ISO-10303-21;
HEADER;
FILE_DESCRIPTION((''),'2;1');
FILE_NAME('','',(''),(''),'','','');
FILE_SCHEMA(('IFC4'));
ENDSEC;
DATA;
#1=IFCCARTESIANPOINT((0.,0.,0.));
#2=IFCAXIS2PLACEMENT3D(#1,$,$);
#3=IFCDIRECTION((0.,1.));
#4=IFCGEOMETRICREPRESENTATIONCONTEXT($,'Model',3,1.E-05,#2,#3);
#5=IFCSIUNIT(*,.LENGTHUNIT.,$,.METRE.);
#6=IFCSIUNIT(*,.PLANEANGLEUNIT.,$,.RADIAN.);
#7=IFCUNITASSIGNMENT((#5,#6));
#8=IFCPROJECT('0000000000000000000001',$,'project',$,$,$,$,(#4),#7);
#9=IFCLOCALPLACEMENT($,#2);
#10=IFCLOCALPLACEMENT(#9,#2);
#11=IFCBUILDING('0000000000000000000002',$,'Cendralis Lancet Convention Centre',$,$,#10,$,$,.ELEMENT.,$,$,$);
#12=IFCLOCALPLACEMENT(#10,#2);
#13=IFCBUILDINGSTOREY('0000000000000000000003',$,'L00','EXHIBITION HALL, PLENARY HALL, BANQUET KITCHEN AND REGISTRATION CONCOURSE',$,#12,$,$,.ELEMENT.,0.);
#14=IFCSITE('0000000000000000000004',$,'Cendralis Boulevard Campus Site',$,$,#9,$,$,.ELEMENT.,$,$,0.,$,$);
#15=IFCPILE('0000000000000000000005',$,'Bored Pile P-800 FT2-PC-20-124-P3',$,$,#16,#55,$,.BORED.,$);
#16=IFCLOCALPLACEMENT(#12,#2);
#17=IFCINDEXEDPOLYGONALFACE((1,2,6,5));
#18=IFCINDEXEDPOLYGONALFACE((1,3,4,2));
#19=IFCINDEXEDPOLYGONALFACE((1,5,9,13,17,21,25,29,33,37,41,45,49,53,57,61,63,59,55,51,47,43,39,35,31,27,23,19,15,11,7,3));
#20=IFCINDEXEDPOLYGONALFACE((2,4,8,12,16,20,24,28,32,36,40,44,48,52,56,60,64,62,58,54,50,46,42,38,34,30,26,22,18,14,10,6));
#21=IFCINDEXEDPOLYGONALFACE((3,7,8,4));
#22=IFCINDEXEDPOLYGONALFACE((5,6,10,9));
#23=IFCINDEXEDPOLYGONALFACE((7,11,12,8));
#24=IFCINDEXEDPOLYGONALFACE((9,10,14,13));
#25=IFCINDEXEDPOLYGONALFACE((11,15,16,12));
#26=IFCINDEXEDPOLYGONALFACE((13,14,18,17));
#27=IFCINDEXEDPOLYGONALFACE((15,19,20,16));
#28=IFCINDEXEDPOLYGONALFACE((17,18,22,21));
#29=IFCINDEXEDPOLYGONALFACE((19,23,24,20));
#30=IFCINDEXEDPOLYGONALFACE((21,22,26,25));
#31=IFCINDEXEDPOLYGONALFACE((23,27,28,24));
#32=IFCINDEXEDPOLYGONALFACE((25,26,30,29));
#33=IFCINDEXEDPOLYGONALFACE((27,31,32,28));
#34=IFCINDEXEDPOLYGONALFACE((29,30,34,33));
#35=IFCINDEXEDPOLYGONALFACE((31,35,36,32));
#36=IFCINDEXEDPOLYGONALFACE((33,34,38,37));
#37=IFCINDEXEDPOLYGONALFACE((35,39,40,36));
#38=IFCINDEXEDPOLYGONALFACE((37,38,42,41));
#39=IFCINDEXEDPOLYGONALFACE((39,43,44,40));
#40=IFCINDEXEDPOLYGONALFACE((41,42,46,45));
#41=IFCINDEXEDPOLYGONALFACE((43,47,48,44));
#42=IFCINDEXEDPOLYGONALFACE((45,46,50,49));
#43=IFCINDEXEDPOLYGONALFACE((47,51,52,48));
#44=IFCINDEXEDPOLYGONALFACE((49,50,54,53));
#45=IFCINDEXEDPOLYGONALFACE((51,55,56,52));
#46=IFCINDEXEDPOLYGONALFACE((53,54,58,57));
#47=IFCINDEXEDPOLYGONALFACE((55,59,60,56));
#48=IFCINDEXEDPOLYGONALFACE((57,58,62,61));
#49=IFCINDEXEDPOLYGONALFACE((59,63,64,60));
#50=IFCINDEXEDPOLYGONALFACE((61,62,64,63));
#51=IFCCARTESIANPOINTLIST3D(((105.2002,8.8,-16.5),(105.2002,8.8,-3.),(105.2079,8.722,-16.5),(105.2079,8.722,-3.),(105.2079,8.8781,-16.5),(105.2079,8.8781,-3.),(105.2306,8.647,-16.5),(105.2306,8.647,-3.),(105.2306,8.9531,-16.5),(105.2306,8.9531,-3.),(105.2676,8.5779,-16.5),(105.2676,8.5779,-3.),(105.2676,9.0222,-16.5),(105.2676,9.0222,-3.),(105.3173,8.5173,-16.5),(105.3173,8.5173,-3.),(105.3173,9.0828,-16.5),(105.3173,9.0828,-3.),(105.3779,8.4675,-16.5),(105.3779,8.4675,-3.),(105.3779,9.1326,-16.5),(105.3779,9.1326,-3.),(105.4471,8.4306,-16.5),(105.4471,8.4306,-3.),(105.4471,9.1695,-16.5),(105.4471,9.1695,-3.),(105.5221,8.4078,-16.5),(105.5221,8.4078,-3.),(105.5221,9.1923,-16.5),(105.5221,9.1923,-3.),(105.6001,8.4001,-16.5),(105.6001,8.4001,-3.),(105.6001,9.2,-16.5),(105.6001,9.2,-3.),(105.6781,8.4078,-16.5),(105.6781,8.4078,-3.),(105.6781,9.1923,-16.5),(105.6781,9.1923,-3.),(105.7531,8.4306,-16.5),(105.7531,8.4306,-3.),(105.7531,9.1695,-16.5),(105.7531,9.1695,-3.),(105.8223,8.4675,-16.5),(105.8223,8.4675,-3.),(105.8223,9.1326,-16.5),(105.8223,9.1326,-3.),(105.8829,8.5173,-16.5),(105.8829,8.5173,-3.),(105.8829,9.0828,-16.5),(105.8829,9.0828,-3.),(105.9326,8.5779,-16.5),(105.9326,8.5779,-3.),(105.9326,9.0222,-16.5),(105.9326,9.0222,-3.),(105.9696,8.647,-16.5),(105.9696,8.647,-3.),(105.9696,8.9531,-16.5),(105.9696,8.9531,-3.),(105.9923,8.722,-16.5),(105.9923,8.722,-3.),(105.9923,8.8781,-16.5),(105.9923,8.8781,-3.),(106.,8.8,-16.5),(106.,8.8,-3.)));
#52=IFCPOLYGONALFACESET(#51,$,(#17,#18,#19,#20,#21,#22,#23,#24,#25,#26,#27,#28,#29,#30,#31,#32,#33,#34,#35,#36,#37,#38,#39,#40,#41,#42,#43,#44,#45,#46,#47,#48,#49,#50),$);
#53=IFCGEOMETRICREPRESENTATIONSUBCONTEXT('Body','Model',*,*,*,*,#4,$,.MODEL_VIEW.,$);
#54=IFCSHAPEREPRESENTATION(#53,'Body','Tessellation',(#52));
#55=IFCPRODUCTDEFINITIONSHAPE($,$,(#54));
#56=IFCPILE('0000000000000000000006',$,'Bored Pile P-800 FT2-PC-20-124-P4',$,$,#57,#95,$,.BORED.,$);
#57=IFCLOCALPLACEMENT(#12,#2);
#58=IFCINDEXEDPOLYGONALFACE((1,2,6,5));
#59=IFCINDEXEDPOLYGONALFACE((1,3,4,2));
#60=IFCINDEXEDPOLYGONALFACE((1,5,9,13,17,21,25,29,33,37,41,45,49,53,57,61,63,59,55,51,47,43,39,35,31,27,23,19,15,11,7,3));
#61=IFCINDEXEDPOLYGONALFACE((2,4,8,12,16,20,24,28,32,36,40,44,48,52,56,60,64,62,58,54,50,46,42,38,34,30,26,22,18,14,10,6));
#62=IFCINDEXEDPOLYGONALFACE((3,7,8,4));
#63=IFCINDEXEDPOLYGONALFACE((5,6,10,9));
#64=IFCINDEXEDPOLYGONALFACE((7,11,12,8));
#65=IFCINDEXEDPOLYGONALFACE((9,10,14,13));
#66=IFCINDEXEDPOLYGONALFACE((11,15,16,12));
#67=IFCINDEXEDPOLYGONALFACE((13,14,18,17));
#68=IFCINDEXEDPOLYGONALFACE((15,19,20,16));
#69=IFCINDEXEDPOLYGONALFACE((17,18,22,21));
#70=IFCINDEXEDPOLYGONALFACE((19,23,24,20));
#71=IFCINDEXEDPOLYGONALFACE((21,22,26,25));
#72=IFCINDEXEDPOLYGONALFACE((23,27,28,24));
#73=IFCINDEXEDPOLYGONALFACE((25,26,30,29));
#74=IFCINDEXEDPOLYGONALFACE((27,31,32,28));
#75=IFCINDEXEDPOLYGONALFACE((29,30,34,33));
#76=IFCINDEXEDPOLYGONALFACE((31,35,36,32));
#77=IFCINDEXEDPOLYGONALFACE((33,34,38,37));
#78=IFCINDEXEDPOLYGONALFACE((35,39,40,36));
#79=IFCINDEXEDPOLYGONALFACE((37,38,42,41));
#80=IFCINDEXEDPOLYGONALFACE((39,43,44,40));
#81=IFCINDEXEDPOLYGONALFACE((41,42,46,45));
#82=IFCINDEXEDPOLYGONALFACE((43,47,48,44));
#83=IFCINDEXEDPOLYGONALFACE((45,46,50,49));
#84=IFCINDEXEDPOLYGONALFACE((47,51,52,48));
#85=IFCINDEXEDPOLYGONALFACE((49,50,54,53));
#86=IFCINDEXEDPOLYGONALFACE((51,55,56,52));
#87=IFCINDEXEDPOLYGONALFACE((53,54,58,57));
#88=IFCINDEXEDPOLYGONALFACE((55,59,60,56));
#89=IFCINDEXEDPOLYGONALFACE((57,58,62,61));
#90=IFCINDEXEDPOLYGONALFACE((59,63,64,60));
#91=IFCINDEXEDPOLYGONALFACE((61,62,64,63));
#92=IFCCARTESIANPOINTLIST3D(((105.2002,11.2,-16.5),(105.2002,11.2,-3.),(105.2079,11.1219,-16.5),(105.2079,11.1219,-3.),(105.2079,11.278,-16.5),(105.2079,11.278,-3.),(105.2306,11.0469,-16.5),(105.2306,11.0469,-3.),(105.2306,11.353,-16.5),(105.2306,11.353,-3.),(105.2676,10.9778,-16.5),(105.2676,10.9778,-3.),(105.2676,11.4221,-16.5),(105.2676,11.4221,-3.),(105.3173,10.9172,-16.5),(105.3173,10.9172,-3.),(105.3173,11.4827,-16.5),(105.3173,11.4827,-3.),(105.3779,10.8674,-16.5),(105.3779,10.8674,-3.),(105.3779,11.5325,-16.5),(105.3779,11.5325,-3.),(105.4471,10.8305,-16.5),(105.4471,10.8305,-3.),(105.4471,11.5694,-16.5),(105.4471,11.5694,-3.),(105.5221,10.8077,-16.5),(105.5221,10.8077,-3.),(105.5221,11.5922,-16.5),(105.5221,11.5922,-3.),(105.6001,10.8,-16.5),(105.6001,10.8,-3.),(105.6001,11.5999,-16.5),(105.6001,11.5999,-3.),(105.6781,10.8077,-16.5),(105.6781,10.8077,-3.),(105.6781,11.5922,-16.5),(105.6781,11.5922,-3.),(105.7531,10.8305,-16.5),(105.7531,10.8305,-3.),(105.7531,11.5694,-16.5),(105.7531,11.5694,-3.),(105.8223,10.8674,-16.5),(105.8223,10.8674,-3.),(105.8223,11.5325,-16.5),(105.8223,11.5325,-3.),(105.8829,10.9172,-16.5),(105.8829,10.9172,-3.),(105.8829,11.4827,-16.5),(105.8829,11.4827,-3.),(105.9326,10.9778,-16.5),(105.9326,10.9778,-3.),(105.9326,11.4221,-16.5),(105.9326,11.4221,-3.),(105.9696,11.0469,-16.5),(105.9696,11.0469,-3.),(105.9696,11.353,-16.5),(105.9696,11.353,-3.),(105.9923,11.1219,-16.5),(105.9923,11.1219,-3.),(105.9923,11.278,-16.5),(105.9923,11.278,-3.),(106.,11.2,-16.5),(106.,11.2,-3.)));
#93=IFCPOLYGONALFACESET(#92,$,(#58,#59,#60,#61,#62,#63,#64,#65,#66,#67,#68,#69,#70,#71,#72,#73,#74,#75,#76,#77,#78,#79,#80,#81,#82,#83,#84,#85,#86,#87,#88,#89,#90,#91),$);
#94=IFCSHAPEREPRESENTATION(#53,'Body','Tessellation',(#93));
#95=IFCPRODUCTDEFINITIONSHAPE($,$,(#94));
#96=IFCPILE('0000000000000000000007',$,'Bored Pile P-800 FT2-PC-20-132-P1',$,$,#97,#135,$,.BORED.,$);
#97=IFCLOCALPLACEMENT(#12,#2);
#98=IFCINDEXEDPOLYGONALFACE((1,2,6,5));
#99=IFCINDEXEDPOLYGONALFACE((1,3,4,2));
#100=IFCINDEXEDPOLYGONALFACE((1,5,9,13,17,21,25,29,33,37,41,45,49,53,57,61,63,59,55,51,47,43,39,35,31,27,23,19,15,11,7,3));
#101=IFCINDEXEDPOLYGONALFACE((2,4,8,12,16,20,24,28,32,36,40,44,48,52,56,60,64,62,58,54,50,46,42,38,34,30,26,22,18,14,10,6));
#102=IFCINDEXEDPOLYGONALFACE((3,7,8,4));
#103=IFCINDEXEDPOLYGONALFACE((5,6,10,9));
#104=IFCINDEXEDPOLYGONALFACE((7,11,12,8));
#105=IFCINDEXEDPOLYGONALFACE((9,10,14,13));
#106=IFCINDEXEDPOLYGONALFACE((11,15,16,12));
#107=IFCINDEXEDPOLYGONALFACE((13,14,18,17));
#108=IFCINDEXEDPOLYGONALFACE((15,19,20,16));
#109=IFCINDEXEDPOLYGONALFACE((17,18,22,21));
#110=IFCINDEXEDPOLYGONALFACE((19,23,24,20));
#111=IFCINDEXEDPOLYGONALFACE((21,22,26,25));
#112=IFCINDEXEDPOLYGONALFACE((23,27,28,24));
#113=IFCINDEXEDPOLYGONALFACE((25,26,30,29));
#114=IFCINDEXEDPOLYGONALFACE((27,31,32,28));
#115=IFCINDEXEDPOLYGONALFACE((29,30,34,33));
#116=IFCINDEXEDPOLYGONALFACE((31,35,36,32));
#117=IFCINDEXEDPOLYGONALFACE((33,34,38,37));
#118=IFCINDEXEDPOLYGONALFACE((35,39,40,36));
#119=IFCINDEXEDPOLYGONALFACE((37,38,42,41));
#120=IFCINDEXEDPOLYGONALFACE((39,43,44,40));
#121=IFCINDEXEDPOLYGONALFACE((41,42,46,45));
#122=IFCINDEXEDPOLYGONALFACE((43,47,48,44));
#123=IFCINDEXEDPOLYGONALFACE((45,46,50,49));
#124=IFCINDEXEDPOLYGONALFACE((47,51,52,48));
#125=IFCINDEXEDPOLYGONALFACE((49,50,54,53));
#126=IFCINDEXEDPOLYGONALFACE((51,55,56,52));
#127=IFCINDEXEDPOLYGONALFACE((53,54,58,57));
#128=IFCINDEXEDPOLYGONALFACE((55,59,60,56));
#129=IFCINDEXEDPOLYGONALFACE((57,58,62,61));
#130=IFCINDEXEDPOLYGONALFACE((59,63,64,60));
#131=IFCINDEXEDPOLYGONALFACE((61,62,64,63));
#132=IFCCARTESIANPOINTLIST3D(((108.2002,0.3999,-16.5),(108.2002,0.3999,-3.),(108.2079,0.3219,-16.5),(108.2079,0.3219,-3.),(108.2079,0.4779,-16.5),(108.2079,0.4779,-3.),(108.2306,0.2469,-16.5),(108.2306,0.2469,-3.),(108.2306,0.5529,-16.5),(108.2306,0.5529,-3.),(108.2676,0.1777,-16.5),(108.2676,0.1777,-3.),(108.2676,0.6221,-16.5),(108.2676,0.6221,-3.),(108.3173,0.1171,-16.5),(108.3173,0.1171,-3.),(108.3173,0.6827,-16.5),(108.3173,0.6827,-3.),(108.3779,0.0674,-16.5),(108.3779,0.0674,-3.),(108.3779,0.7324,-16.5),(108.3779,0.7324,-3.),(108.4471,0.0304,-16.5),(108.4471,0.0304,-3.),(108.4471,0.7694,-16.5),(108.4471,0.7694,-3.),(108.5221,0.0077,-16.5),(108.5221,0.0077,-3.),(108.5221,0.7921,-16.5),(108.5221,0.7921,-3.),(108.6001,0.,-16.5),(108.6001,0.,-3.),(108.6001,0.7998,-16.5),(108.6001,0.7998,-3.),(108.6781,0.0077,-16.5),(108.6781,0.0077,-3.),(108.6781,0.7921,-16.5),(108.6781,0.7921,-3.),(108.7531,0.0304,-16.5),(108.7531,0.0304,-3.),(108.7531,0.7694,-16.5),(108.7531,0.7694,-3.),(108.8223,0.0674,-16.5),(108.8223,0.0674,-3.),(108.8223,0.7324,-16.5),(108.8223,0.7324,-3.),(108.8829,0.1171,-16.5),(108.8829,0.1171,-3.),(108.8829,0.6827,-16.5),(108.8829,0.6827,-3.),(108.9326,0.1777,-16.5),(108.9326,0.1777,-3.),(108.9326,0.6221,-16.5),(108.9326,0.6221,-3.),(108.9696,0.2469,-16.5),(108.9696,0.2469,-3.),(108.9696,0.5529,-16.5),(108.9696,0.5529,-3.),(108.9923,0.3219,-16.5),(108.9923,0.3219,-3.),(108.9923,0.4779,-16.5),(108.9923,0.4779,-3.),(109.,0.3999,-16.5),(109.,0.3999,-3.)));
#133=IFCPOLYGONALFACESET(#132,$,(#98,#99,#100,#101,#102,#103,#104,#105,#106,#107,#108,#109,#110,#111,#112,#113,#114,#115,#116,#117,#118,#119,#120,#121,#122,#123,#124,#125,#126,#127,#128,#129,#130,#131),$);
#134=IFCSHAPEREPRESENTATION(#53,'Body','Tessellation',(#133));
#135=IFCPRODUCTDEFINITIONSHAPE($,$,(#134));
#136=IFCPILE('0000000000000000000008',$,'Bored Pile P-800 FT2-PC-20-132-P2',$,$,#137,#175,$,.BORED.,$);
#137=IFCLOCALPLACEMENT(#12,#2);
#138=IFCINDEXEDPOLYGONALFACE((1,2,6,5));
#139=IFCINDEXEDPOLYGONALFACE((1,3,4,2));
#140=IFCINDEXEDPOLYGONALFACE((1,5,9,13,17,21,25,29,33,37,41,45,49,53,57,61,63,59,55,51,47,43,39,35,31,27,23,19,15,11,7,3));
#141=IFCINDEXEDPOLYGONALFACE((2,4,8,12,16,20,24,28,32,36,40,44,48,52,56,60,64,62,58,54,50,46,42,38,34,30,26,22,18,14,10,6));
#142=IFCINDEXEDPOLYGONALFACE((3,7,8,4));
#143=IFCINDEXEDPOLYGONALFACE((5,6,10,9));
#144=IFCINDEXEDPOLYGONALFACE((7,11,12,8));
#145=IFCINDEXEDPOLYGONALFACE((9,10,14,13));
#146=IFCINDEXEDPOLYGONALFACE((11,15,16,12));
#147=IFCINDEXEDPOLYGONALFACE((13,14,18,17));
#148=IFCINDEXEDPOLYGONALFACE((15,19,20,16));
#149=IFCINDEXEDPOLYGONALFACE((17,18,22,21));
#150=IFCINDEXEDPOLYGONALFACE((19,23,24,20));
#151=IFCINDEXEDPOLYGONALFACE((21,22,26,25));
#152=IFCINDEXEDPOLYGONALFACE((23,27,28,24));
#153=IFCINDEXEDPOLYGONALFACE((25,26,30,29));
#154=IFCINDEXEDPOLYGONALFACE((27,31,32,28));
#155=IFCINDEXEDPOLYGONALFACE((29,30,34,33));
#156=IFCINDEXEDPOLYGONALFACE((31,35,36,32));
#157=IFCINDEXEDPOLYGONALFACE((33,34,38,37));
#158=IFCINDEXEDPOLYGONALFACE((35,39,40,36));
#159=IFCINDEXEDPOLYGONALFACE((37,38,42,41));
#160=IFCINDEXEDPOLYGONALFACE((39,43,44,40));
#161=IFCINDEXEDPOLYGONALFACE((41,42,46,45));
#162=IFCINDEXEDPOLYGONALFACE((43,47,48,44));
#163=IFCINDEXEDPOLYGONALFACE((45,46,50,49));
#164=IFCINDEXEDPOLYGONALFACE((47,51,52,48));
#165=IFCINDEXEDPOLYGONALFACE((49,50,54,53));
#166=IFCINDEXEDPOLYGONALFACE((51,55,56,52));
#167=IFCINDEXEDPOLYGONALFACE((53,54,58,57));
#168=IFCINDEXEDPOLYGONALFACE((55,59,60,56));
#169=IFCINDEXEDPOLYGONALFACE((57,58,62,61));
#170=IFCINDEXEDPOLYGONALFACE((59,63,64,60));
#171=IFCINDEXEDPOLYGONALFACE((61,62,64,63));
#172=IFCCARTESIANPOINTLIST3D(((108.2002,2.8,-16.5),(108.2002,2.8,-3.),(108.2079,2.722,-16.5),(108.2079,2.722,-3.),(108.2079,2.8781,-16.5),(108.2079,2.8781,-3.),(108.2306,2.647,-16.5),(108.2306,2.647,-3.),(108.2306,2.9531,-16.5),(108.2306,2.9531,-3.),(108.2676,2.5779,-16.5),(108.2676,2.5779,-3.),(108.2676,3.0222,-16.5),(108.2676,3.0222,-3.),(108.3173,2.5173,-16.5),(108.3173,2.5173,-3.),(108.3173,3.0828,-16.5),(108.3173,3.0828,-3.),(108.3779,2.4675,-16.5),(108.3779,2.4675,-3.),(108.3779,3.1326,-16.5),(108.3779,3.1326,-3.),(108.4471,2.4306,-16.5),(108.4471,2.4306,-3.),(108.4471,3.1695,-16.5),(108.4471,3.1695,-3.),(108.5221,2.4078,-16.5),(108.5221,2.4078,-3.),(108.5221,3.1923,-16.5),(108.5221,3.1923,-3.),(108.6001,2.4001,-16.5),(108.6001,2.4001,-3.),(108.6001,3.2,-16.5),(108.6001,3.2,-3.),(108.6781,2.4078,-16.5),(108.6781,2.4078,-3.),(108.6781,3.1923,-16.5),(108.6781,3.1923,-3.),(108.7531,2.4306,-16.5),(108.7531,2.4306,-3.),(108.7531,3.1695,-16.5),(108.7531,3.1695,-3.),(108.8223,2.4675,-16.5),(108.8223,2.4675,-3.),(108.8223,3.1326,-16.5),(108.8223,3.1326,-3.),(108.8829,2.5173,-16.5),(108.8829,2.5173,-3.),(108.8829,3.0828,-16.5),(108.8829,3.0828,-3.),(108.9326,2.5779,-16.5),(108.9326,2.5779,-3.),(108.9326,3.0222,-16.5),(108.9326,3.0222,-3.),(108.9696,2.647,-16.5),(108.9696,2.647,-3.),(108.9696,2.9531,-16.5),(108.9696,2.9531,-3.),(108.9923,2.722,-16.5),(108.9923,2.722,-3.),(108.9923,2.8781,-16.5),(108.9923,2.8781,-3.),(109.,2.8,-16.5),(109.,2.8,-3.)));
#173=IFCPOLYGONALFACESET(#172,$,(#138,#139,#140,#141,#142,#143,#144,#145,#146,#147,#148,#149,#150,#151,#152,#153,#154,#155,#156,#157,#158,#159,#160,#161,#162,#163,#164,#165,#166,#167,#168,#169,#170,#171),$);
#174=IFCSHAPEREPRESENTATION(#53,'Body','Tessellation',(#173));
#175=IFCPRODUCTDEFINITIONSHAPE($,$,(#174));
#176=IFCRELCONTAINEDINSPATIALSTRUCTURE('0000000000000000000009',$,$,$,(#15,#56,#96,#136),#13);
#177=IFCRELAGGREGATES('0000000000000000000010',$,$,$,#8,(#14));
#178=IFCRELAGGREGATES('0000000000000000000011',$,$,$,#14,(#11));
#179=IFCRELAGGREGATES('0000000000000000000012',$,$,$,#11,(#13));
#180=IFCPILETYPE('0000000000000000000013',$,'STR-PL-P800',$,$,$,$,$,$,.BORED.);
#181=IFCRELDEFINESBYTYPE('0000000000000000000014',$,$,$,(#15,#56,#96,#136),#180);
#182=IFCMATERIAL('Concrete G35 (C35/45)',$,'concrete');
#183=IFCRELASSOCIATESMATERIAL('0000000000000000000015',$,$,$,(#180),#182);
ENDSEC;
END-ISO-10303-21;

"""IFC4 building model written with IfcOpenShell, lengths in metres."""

from ifc_helpers import new_model, si_unit, direction, frame, origin, origin_2d, place, context, subcontext, project, spatial, circle, extrude, material, material_profile, profile_set, type_object, element, save


model = new_model("IFC4")

# Units and contexts
model_context = context("Model", 3, precision=1e-05, world=origin(), true_north=direction((0.0, 1.0)))
body_context = subcontext(model_context, "Body", "Model", "MODEL_VIEW")
ifc_project = project(units=[si_unit("LENGTHUNIT", "METRE"), si_unit("PLANEANGLEUNIT", "RADIAN")], contexts=[model_context])

# Site, building, storey
site_placement = place(None, origin())
site = spatial("IfcSite", under=ifc_project, at=site_placement, Name="Cendralis Boulevard Campus Site", CompositionType="ELEMENT", RefElevation=0.0)
building_placement = place(site_placement, origin())
building = spatial("IfcBuilding", under=site, at=building_placement, Name="Cendralis Lancet Convention Centre", CompositionType="ELEMENT")
storey_placement = place(building_placement, origin())
storey = spatial("IfcBuildingStorey", under=building, at=storey_placement, Name="L00", Description="EXHIBITION HALL, PLENARY HALL, BANQUET KITCHEN AND REGISTRATION CONCOURSE", CompositionType="ELEMENT", Elevation=0.0)

# Shared definitions
ifc_material_1 = material(Name="Concrete G35 (C35/45)", Category="concrete")

# Piles
ifc_material_profile_1 = material_profile(ifc_material_1, circle(Radius=0.3999, at=origin_2d()), Name="BORED PILE D800")
ifc_profile_set_1 = profile_set([ifc_material_profile_1], Name="Concrete G35 (C35/45)")
pile_type_1 = type_object("IfcPileType", Name="STR-PL-P800", PredefinedType="BORED", material=ifc_profile_set_1)
for number, where, z_axis, x_axis, name in (
    (1, (105.6001, 8.8, -3.0), (0.0, 0.0, -1.0), (1.0, 0.0, 0.0), "Bored Pile P-800 FT2-PC-20-124-P3"),
    (2, (105.6001, 11.2, -3.0), (0.0, 0.0, -1.0), (1.0, 0.0, 0.0), "Bored Pile P-800 FT2-PC-20-124-P4"),
    (3, (108.6001, 0.3999, -3.0), (0.0, 0.0, -1.0), (1.0, 0.0, 0.0), "Bored Pile P-800 FT2-PC-20-132-P1"),
    (4, (108.6001, 2.8, -3.0), (0.0, 0.0, -1.0), (1.0, 0.0, 0.0), "Bored Pile P-800 FT2-PC-20-132-P2"),
):
    element("IfcPile", number, at=place(storey_placement, frame(where, z_axis=z_axis, x_axis=x_axis)), inside=storey, type_object=pile_type_1, Name=name, PredefinedType="BORED", context=body_context, shape_type="SweptSolid", body=[
        extrude(circle(Radius=0.3999, at=origin_2d()), origin(), (0.0, 0.0, 1.0), 13.5),
    ])

save(model, "model.ifc")
